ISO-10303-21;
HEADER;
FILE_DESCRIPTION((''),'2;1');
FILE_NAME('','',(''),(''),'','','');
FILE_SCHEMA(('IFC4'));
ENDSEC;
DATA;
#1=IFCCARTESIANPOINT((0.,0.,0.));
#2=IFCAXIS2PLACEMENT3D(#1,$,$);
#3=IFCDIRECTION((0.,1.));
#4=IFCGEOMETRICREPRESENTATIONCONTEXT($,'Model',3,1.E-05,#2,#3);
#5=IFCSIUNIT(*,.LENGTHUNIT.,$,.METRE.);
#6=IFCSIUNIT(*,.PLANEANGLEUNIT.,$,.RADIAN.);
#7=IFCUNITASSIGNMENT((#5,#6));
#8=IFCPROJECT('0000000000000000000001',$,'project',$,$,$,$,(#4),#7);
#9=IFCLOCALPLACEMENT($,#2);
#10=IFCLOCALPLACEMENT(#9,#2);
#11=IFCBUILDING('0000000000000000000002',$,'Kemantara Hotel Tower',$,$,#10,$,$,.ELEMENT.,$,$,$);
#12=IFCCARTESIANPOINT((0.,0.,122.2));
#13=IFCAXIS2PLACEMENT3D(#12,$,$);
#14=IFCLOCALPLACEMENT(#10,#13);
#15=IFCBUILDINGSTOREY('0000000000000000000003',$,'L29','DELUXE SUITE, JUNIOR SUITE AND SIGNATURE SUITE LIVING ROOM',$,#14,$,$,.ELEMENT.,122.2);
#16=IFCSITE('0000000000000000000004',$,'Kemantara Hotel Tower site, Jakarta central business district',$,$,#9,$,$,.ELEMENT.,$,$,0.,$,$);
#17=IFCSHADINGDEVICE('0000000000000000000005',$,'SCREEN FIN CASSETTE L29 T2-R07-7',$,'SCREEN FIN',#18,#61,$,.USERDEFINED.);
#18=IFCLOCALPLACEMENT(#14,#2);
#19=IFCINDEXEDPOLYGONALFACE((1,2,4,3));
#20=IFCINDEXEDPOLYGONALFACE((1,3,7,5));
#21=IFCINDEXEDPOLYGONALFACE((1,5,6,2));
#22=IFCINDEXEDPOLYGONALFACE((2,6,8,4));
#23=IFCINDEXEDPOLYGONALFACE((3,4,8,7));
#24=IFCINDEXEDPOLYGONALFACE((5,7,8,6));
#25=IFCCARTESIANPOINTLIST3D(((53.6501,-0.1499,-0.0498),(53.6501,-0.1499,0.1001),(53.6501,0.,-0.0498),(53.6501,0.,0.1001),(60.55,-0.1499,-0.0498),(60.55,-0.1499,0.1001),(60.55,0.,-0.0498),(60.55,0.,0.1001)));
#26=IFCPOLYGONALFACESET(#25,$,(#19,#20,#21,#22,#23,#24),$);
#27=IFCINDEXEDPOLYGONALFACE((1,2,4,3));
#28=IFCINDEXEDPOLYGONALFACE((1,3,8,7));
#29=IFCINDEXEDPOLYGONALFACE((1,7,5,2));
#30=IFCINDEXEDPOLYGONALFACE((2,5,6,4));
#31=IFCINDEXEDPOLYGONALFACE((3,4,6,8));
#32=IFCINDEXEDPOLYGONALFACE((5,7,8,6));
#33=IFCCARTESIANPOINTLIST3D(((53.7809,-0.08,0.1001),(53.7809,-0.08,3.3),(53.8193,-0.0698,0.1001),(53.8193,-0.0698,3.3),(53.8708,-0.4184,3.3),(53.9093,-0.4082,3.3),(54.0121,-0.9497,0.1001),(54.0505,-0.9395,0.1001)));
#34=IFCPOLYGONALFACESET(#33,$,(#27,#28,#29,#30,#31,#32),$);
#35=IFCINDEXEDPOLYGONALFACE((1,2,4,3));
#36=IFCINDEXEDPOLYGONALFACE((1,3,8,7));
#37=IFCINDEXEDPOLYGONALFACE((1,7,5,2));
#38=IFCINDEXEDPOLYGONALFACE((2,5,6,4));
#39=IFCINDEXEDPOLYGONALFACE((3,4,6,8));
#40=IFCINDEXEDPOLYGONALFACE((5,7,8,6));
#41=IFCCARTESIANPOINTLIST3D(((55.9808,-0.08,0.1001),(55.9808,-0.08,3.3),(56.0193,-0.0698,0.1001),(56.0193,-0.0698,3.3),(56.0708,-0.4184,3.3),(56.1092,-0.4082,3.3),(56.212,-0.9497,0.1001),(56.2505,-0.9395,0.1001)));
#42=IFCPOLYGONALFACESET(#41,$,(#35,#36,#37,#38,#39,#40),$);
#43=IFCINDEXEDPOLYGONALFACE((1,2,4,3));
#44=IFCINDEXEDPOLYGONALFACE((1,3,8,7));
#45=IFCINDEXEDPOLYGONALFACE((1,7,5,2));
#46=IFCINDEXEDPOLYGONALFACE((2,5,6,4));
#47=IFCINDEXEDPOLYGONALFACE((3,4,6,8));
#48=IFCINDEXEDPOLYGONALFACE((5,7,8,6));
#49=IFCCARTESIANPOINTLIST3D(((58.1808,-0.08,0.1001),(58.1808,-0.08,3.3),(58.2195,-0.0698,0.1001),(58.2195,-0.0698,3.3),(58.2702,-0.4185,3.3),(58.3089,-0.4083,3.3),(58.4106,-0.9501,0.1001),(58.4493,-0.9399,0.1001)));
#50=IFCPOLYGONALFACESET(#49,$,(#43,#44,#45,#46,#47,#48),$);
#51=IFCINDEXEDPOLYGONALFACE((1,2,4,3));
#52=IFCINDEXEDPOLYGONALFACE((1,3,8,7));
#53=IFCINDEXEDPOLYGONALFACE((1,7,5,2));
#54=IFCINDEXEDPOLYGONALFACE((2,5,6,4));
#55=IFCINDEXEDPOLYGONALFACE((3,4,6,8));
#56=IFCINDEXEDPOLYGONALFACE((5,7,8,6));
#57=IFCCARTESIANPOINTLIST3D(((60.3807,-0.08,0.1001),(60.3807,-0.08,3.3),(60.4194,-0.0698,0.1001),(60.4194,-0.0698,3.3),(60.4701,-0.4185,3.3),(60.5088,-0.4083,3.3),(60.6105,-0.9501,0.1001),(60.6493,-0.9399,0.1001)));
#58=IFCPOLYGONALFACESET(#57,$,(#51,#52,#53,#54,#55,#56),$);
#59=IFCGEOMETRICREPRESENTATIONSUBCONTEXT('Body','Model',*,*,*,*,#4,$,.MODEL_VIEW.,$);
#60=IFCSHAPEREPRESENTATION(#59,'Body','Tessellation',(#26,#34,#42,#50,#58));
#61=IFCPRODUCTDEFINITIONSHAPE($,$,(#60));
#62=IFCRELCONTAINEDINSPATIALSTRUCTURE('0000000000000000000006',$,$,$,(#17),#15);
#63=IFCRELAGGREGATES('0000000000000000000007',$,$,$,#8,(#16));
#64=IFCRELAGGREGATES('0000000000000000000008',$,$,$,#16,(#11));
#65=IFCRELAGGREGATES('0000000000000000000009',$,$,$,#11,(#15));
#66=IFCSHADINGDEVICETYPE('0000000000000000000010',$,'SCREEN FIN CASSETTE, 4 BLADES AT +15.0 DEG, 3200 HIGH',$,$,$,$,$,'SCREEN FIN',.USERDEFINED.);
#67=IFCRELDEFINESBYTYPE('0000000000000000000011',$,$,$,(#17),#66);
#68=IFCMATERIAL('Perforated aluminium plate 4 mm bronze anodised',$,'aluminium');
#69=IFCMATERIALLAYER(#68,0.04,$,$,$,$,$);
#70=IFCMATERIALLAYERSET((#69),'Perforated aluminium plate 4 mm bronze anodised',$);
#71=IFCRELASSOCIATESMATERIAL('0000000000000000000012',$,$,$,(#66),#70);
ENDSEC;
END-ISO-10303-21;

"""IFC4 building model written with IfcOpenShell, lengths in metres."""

from ifc_helpers import new_model, si_unit, direction, frame, origin, origin_2d, place, context, subcontext, project, spatial, polyline, rectangle, outline, extrude, source, transform, mapped, material, layer, layer_set, type_object, element, save


model = new_model("IFC4")

# Units and contexts
model_context = context("Model", 3, precision=1e-05, world=origin(), true_north=direction((0.0, 1.0)))
body_context = subcontext(model_context, "Body", "Model", "MODEL_VIEW")
ifc_project = project(units=[si_unit("LENGTHUNIT", "METRE"), si_unit("PLANEANGLEUNIT", "RADIAN")], contexts=[model_context])

# Site, building, storey
site_placement = place(None, origin())
site = spatial("IfcSite", under=ifc_project, at=site_placement, Name="Kemantara Hotel Tower site, Jakarta central business district", CompositionType="ELEMENT", RefElevation=0.0)
building_placement = place(site_placement, origin())
building = spatial("IfcBuilding", under=site, at=building_placement, Name="Kemantara Hotel Tower", CompositionType="ELEMENT")
storey_placement = place(building_placement, frame((0.0, 0.0, 122.2)))
storey = spatial("IfcBuildingStorey", under=building, at=storey_placement, Name="L29", Description="DELUXE SUITE, JUNIOR SUITE AND SIGNATURE SUITE LIVING ROOM", CompositionType="ELEMENT", Elevation=122.2)

# Shading device
ifc_material_1 = material(Name="Perforated aluminium plate 4 mm bronze anodised", Category="aluminium")
ifc_layer_1 = layer(ifc_material_1, 0.04)
ifc_layer_set_1 = layer_set([ifc_layer_1], Name="Perforated aluminium plate 4 mm bronze anodised")
shading_device_type_1 = type_object("IfcShadingDeviceType", Name="SCREEN FIN CASSETTE, 4 BLADES AT +15.0 DEG, 3200 HIGH", ElementType="SCREEN FIN", PredefinedType="USERDEFINED", material=ifc_layer_set_1)
shared_shape_1 = source(origin(), body_context, "Body", "SweptSolid", [
    extrude(rectangle(XDim=6.8999, YDim=0.1499, at=origin_2d()), frame((3.3, -0.075, -0.1499), z_axis=(0.0, 0.0, 1.0), x_axis=(1.0, 0.0, 0.0)), (0.0, 0.0, 1.0), 0.1499),
    extrude(outline(polyline([(0.0, 0.0), (0.8999, 0.0), (0.3501, 3.2), (0.0, 3.2), (0.0, 0.0)])), frame((0.0193, -0.0698, 0.0), z_axis=(-0.966438, -0.256901, 0.0), x_axis=(0.256901, -0.966438, 0.0)), (0.0, 0.0, 1.0), 0.0398),
    extrude(outline(polyline([(0.0, 0.0), (0.8999, 0.0), (0.3501, 3.2), (0.0, 3.2), (0.0, 0.0)])), frame((2.2192, -0.0698, 0.0), z_axis=(-0.966438, -0.256901, 0.0), x_axis=(0.256901, -0.966438, 0.0)), (0.0, 0.0, 1.0), 0.0398),
    extrude(outline(polyline([(0.0, 0.0), (0.8999, 0.0), (0.3501, 3.2), (0.0, 3.2), (0.0, 0.0)])), frame((4.4194, -0.0698, 0.0), z_axis=(-0.966838, -0.255391, 0.0), x_axis=(0.255391, -0.966838, 0.0)), (0.0, 0.0, 1.0), 0.04),
    extrude(outline(polyline([(0.0, 0.0), (0.8999, 0.0), (0.3501, 3.2), (0.0, 3.2), (0.0, 0.0)])), frame((6.6194, -0.0698, 0.0), z_axis=(-0.966838, -0.255391, 0.0), x_axis=(0.255391, -0.966838, 0.0)), (0.0, 0.0, 1.0), 0.04),
])
shading_device_1_placement = place(storey_placement, frame((53.8, 0.0, 0.1001), z_axis=(0.0, 0.0, 1.0), x_axis=(1.0, 0.0, 0.0)))
element("IfcShadingDevice", 1, at=shading_device_1_placement, inside=storey, type_object=shading_device_type_1, Name="SCREEN FIN CASSETTE L29 T2-R07-7", ObjectType="SCREEN FIN", PredefinedType="USERDEFINED", context=body_context, shape_type="MappedRepresentation", body=[
    mapped(shared_shape_1, transform((0.0, 0.0, 0.0))),
])

save(model, "model.ifc")
